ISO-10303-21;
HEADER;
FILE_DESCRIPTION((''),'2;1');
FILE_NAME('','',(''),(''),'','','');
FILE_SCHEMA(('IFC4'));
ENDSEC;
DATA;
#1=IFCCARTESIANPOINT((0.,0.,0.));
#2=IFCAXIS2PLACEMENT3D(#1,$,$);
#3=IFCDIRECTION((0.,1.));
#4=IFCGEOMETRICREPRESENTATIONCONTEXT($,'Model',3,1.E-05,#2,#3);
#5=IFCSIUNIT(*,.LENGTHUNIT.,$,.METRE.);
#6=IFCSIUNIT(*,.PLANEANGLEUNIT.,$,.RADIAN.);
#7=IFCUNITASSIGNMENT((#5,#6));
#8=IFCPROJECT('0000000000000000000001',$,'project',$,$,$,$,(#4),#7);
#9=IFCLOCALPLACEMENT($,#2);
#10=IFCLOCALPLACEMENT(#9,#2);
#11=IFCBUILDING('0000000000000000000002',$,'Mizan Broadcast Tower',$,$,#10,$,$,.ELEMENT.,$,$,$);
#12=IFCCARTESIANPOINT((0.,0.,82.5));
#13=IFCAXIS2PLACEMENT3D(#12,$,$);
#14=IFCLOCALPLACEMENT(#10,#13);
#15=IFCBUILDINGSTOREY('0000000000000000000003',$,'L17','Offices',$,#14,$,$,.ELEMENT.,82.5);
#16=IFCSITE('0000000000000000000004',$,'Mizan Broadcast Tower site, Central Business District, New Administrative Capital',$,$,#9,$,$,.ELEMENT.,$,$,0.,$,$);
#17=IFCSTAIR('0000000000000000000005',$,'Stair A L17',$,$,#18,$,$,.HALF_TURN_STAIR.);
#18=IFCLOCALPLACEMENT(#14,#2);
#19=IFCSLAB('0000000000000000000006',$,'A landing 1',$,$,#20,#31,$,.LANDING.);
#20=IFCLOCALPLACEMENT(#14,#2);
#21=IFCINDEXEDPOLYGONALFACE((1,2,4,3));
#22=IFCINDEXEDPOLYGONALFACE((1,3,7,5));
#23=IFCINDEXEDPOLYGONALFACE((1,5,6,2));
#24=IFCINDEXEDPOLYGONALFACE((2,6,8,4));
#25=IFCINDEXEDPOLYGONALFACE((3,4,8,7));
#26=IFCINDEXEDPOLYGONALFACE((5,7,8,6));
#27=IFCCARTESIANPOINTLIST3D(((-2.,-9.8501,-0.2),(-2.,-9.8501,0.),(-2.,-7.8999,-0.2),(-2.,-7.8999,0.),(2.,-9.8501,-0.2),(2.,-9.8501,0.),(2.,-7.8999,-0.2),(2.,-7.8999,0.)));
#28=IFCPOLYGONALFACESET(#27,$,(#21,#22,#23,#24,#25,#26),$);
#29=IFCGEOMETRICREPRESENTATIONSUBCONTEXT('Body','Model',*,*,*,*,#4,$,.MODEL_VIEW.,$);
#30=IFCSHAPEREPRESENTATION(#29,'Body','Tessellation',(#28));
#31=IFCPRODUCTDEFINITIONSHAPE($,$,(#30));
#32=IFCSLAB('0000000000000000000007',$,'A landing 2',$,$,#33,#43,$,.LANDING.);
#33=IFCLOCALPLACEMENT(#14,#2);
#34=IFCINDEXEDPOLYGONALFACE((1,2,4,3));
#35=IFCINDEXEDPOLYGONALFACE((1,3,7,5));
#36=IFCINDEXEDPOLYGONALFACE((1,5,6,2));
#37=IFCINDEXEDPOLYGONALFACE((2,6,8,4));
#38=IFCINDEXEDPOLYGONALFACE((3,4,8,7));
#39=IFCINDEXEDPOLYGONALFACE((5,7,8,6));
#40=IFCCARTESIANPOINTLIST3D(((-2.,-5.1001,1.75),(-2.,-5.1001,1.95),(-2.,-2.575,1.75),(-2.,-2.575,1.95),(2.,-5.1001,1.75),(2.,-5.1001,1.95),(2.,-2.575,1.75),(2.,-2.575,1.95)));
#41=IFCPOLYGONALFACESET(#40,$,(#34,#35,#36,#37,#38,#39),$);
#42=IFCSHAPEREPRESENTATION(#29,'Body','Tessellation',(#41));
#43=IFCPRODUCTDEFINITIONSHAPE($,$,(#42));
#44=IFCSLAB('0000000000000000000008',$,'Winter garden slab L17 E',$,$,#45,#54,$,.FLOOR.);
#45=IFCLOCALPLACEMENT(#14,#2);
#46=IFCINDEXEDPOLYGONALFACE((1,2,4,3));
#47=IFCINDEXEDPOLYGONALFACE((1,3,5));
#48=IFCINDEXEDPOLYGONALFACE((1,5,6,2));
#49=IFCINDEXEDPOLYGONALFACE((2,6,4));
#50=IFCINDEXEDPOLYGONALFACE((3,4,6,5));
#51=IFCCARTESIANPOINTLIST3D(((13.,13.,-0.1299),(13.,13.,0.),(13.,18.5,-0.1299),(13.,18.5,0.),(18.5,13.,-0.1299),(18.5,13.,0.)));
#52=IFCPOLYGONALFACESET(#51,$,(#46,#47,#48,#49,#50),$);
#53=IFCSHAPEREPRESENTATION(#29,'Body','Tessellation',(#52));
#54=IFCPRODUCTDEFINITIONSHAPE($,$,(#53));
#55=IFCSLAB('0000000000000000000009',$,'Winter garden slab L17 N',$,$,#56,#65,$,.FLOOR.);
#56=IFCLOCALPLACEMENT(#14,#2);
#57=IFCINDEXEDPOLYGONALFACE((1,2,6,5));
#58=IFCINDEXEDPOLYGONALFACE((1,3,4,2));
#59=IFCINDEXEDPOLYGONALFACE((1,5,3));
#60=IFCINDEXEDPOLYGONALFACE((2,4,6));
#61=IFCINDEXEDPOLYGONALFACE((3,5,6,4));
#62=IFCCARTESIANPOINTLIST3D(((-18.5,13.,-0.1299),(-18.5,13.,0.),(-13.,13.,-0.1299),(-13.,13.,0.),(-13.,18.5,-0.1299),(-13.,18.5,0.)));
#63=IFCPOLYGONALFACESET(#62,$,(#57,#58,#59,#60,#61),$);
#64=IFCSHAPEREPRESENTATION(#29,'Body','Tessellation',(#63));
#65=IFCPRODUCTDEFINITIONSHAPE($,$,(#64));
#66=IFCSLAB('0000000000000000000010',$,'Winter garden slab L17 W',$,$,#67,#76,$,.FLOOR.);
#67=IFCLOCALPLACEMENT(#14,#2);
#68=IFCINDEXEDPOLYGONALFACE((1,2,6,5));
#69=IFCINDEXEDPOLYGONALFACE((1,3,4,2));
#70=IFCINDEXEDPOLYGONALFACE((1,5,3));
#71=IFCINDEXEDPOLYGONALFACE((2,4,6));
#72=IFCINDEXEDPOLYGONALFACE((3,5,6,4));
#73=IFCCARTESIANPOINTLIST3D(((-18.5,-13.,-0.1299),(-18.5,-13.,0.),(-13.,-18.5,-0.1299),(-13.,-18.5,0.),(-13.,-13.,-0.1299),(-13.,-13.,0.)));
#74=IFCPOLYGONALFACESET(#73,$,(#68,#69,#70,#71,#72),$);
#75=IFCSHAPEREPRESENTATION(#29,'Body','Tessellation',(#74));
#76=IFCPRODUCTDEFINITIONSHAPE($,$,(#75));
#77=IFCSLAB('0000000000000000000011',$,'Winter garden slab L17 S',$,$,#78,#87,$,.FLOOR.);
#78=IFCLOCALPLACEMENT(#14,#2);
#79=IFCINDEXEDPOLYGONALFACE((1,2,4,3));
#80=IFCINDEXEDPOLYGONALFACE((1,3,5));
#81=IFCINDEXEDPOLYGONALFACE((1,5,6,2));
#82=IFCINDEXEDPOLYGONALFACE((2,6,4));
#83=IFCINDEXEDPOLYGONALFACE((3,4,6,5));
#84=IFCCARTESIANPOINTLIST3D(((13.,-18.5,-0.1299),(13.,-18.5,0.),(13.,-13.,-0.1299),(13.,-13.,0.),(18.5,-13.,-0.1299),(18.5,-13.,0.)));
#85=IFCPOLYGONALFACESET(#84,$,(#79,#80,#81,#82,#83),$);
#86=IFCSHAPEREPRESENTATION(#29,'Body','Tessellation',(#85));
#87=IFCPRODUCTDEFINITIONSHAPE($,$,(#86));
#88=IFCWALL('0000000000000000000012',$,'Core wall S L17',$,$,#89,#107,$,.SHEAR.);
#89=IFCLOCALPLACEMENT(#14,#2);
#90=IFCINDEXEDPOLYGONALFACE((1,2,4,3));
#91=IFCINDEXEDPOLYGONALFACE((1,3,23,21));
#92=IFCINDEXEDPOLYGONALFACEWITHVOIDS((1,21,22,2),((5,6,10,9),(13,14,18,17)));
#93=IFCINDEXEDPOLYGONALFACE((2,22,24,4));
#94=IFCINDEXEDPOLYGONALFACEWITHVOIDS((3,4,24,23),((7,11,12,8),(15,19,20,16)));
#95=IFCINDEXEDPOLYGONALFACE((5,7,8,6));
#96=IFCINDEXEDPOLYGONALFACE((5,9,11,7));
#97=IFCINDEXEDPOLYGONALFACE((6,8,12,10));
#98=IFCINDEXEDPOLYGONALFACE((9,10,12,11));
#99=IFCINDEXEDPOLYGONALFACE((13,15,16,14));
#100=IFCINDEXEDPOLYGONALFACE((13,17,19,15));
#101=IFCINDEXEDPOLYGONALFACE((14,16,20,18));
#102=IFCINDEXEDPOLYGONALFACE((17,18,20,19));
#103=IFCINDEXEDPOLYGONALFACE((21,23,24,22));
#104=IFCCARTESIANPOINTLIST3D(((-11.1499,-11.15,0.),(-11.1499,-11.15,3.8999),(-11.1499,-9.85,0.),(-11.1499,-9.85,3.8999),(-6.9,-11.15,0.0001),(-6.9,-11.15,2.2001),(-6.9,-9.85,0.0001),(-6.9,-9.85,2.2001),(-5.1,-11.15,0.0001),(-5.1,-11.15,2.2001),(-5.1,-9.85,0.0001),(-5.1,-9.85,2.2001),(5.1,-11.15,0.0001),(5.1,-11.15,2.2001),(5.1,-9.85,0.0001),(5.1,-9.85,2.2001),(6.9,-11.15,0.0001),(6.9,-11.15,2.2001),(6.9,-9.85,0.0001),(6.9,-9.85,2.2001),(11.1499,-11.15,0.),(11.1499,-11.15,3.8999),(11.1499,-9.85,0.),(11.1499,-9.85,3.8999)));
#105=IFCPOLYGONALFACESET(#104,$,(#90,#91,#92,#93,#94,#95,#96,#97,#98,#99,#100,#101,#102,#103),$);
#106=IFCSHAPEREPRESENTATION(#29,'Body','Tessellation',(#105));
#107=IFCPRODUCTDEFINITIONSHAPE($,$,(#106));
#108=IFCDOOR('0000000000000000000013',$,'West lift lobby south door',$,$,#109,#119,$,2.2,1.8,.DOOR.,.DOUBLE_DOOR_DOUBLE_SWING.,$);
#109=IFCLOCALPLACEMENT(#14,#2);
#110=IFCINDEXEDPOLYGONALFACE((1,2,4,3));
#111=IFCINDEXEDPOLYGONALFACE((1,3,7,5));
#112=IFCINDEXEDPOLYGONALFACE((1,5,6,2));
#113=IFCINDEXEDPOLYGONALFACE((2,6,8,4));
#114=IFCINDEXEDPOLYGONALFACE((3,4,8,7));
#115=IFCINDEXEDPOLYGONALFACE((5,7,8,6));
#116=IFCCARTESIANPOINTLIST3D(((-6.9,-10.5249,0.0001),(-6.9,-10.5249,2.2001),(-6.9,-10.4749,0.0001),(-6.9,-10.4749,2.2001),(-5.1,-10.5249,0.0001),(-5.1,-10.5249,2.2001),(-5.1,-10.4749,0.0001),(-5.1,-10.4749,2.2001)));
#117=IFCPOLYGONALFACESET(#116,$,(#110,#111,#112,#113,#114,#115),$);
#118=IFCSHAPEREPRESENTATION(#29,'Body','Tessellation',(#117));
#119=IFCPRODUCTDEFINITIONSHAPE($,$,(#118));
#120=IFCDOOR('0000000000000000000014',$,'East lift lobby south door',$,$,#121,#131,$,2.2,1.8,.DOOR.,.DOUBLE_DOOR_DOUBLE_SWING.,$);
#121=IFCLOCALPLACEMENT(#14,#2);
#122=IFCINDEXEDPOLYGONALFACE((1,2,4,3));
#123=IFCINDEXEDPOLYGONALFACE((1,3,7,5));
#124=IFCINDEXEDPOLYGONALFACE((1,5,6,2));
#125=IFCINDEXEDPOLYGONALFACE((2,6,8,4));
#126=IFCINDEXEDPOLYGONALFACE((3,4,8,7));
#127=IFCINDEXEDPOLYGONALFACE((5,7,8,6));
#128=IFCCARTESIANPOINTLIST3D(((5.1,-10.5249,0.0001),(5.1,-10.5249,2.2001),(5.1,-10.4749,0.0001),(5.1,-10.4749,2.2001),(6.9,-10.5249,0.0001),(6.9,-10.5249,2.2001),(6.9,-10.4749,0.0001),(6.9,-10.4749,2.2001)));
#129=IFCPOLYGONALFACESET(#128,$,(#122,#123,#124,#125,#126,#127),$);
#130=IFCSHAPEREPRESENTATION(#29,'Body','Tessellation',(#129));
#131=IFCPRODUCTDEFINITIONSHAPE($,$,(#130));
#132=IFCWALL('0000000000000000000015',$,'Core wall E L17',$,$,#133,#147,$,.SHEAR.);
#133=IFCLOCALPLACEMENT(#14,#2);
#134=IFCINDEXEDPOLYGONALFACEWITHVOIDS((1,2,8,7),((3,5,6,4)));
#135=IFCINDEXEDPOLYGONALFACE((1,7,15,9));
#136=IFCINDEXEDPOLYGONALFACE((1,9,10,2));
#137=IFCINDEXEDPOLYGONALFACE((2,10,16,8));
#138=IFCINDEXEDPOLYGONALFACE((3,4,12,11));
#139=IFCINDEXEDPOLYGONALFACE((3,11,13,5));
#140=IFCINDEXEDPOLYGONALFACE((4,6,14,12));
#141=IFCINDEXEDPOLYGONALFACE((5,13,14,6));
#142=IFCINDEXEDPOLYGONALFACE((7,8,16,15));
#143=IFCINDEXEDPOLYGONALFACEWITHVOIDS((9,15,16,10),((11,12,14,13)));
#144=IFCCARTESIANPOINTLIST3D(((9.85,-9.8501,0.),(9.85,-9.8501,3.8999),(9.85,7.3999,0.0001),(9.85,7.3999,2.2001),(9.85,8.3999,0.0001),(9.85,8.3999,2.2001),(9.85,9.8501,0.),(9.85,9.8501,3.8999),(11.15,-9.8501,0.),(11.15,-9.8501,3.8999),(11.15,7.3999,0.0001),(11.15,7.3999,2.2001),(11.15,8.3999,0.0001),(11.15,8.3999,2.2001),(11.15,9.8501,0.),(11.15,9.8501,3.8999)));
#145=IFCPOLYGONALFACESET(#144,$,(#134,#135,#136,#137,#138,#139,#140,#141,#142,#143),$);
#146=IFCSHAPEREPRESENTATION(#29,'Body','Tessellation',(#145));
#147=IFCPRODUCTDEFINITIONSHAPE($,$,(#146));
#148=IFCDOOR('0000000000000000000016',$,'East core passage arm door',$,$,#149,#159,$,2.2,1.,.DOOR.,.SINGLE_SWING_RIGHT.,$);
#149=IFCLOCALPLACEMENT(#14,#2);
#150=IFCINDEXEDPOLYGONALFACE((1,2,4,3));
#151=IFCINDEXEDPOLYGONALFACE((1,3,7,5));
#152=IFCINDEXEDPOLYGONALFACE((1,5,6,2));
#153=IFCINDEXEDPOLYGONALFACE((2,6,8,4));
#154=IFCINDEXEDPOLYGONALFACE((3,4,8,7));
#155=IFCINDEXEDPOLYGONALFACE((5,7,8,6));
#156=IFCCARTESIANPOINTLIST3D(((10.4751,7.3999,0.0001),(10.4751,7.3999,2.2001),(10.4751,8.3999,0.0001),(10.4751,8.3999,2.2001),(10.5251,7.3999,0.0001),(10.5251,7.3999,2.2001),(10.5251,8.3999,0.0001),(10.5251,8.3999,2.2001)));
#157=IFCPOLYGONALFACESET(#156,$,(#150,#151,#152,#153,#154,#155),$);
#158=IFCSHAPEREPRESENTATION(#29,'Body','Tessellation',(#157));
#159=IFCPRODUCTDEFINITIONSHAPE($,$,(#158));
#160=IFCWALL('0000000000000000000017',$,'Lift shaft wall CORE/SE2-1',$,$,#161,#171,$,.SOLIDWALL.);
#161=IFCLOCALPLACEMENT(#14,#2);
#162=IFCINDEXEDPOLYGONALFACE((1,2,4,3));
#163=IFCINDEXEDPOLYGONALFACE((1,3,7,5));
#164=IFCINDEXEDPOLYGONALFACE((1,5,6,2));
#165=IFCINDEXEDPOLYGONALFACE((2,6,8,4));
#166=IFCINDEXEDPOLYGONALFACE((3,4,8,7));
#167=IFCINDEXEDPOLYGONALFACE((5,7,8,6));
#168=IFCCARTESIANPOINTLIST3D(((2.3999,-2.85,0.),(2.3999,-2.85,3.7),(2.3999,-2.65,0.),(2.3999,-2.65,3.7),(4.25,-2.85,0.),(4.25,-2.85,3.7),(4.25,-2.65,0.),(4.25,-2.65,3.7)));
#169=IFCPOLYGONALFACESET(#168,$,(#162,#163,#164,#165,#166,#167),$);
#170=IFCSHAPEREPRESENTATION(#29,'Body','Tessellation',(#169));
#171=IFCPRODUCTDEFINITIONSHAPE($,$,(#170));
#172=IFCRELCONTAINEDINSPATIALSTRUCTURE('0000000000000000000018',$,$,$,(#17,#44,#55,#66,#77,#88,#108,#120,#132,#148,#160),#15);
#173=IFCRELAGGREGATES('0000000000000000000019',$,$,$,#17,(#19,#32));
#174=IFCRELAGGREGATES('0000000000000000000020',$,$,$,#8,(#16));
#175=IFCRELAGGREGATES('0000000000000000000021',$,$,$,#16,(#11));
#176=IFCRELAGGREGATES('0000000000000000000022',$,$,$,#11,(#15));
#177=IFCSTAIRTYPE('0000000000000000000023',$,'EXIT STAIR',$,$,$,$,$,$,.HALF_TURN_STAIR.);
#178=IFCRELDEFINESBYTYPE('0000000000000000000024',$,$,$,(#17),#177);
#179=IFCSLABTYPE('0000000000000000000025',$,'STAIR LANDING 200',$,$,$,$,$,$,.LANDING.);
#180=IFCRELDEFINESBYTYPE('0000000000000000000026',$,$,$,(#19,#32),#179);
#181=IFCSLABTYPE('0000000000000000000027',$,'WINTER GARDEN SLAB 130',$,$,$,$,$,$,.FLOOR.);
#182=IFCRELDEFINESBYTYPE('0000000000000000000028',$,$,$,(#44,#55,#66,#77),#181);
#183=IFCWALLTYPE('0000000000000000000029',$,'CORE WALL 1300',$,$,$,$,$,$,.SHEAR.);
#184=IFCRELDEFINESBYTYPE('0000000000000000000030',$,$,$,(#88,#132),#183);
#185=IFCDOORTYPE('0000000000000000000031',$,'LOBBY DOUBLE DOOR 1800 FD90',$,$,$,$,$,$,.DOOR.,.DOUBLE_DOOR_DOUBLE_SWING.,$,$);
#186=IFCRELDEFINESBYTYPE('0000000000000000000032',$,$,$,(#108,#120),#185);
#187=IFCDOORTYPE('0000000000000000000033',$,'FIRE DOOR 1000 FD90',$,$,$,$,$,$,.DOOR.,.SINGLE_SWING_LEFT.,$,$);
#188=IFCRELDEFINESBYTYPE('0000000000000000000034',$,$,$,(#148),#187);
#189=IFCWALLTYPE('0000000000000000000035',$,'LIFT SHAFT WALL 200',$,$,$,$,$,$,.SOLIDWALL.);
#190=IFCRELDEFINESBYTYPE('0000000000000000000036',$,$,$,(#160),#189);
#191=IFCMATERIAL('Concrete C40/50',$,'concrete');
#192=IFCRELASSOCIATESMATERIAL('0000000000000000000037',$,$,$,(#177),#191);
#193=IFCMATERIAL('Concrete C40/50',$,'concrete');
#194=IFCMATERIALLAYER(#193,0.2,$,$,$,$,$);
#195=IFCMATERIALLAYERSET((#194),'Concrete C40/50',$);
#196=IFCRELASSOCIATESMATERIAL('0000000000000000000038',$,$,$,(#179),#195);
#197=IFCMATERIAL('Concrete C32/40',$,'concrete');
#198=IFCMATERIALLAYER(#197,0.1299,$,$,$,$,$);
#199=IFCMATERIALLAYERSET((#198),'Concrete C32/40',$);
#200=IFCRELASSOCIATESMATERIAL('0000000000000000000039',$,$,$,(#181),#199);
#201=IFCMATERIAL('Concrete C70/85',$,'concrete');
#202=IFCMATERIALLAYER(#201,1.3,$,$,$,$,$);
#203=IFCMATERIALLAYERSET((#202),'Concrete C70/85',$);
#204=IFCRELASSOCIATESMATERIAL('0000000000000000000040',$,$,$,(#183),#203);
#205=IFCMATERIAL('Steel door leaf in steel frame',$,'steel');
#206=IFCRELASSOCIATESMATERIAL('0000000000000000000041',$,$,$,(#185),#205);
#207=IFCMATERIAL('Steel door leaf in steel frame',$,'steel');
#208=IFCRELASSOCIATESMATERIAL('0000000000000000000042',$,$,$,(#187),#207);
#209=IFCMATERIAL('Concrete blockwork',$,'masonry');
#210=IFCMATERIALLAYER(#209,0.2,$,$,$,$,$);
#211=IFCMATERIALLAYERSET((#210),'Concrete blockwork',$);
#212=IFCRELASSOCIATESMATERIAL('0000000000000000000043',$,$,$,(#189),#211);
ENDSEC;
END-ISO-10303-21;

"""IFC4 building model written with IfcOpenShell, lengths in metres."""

from ifc_helpers import new_model, si_unit, direction, frame, frame_2d, origin, place, context, subcontext, project, spatial, polyline, rectangle, outline, extrude, material, layer, layer_set, type_object, element, fill, aggregate, save


model = new_model("IFC4")

# Units and contexts
model_context = context("Model", 3, precision=1e-05, world=origin(), true_north=direction((0.0, 1.0)))
body_context = subcontext(model_context, "Body", "Model", "MODEL_VIEW")
ifc_project = project(units=[si_unit("LENGTHUNIT", "METRE"), si_unit("PLANEANGLEUNIT", "RADIAN")], contexts=[model_context])

# Site, building, storey
site_placement = place(None, origin())
site = spatial("IfcSite", under=ifc_project, at=site_placement, Name="Mizan Broadcast Tower site, Central Business District, New Administrative Capital", CompositionType="ELEMENT", RefElevation=0.0)
building_placement = place(site_placement, origin())
building = spatial("IfcBuilding", under=site, at=building_placement, Name="Mizan Broadcast Tower", CompositionType="ELEMENT")
storey_placement = place(building_placement, frame((0.0, 0.0, 82.5)))
storey = spatial("IfcBuildingStorey", under=building, at=storey_placement, Name="L17", Description="Offices", CompositionType="ELEMENT", Elevation=82.5)

# Stair, slabs
ifc_material_1 = material(Name="Concrete C40/50", Category="concrete")
stair_type = type_object("IfcStairType", Name="EXIT STAIR", PredefinedType="HALF_TURN_STAIR", material=ifc_material_1)
stair_placement = place(storey_placement, origin())
stair = element("IfcStair", 1, at=stair_placement, inside=storey, type_object=stair_type, Name="Stair A L17", PredefinedType="HALF_TURN_STAIR")
ifc_material_2 = material(Name="Concrete C40/50", Category="concrete")
ifc_layer_1 = layer(ifc_material_2, 0.2)
ifc_layer_set_1 = layer_set([ifc_layer_1], Name="Concrete C40/50")
slab_type_1 = type_object("IfcSlabType", Name="STAIR LANDING 200", PredefinedType="LANDING", material=ifc_layer_set_1)
slab_1_placement = place(storey_placement, frame((0.0, 0.0, -0.2)))
slab_1 = element("IfcSlab", 2, at=slab_1_placement, type_object=slab_type_1, Name="A landing 1", PredefinedType="LANDING", context=body_context, shape_type="SweptSolid", body=[
    extrude(outline(polyline([(-2.0, -9.8501), (-2.0, -7.8999), (2.0, -7.8999), (2.0, -9.8501), (-2.0, -9.8501)])), origin(), (0.0, 0.0, 1.0), 0.2),
])
slab_2_placement = place(storey_placement, frame((0.0, 0.0, 1.75)))
slab_2 = element("IfcSlab", 3, at=slab_2_placement, type_object=slab_type_1, Name="A landing 2", PredefinedType="LANDING", context=body_context, shape_type="SweptSolid", body=[
    extrude(outline(polyline([(-2.0, -5.1001), (-2.0, -2.575), (2.0, -2.575), (2.0, -5.1001), (-2.0, -5.1001)])), origin(), (0.0, 0.0, 1.0), 0.2),
])

# Slabs
ifc_material_3 = material(Name="Concrete C32/40", Category="concrete")
ifc_layer_2 = layer(ifc_material_3, 0.1299)
ifc_layer_set_2 = layer_set([ifc_layer_2], Name="Concrete C32/40")
slab_type_2 = type_object("IfcSlabType", Name="WINTER GARDEN SLAB 130", PredefinedType="FLOOR", material=ifc_layer_set_2)
slab_3_placement = place(storey_placement, frame((0.0, 0.0, -0.1299)))
element("IfcSlab", 4, at=slab_3_placement, inside=storey, type_object=slab_type_2, Name="Winter garden slab L17 E", PredefinedType="FLOOR", context=body_context, shape_type="SweptSolid", body=[
    extrude(outline(polyline([(13.0, 13.0), (18.5, 13.0), (13.0, 18.5), (13.0, 13.0)])), origin(), (0.0, 0.0, 1.0), 0.1299),
])
slab_4_placement = place(storey_placement, frame((0.0, 0.0, -0.1299)))
element("IfcSlab", 5, at=slab_4_placement, inside=storey, type_object=slab_type_2, Name="Winter garden slab L17 N", PredefinedType="FLOOR", context=body_context, shape_type="SweptSolid", body=[
    extrude(outline(polyline([(-13.0, 13.0), (-13.0, 18.5), (-18.5, 13.0), (-13.0, 13.0)])), origin(), (0.0, 0.0, 1.0), 0.1299),
])
slab_5_placement = place(storey_placement, frame((0.0, 0.0, -0.1299)))
element("IfcSlab", 6, at=slab_5_placement, inside=storey, type_object=slab_type_2, Name="Winter garden slab L17 W", PredefinedType="FLOOR", context=body_context, shape_type="SweptSolid", body=[
    extrude(outline(polyline([(-13.0, -13.0), (-18.5, -13.0), (-13.0, -18.5), (-13.0, -13.0)])), origin(), (0.0, 0.0, 1.0), 0.1299),
])
slab_6_placement = place(storey_placement, frame((0.0, 0.0, -0.1299)))
element("IfcSlab", 7, at=slab_6_placement, inside=storey, type_object=slab_type_2, Name="Winter garden slab L17 S", PredefinedType="FLOOR", context=body_context, shape_type="SweptSolid", body=[
    extrude(outline(polyline([(13.0, -13.0), (13.0, -18.5), (18.5, -13.0), (13.0, -13.0)])), origin(), (0.0, 0.0, 1.0), 0.1299),
])

# Wall, openings, doors
ifc_material_4 = material(Name="Concrete C70/85", Category="concrete")
ifc_layer_3 = layer(ifc_material_4, 1.3)
ifc_layer_set_3 = layer_set([ifc_layer_3], Name="Concrete C70/85")
wall_type_1 = type_object("IfcWallType", Name="CORE WALL 1300", PredefinedType="SHEAR", material=ifc_layer_set_3)
wall_1_placement = place(storey_placement, frame((11.1499, -10.5, 0.0), z_axis=(0.0, 0.0, 1.0), x_axis=(-1.0, 0.0, 0.0)))
wall_1 = element("IfcWall", 8, at=wall_1_placement, inside=storey, type_object=wall_type_1, Name="Core wall S L17", PredefinedType="SHEAR", context=body_context, shape_type="SweptSolid", body=[
    extrude(rectangle(XDim=22.2998, YDim=1.3, at=frame_2d((11.1499, 0.0))), origin(), (0.0, 0.0, 1.0), 3.8999),
])
opening_1_placement = place(wall_1_placement, frame((16.25, 0.0, 0.0)))
opening_1 = element("IfcOpeningElement", 9, at=opening_1_placement, cuts=wall_1, PredefinedType="OPENING", context=body_context, shape_type="SweptSolid", body=[
    extrude(rectangle(XDim=1.8, YDim=2.2, at=frame_2d((0.8999, 1.1001))), frame((0.0, 0.6599, 0.0), z_axis=(0.0, -1.0, 0.0), x_axis=(1.0, 0.0, 0.0)), (0.0, 0.0, 1.0), 1.3201),
])
opening_2_placement = place(wall_1_placement, frame((4.25, 0.0, 0.0)))
opening_2 = element("IfcOpeningElement", 10, at=opening_2_placement, cuts=wall_1, PredefinedType="OPENING", context=body_context, shape_type="SweptSolid", body=[
    extrude(rectangle(XDim=1.8, YDim=2.2, at=frame_2d((0.8999, 1.1001))), frame((0.0, 0.6599, 0.0), z_axis=(0.0, -1.0, 0.0), x_axis=(1.0, 0.0, 0.0)), (0.0, 0.0, 1.0), 1.3201),
])
ifc_material_5 = material(Name="Steel door leaf in steel frame", Category="steel")
door_type_1 = type_object("IfcDoorType", Name="LOBBY DOUBLE DOOR 1800 FD90", OperationType="DOUBLE_DOOR_DOUBLE_SWING", PredefinedType="DOOR", material=ifc_material_5)
door_1_placement = place(opening_1_placement, origin())
door_1 = element("IfcDoor", 11, at=door_1_placement, inside=storey, type_object=door_type_1, Name="West lift lobby south door", OperationType="DOUBLE_DOOR_DOUBLE_SWING", OverallHeight=2.2, OverallWidth=1.8, PredefinedType="DOOR", context=body_context, shape_type="SweptSolid", body=[
    extrude(rectangle(XDim=1.8, YDim=2.2, at=frame_2d((0.8999, 1.1001))), frame((0.0, 0.0249, 0.0), z_axis=(0.0, -1.0, 0.0), x_axis=(1.0, 0.0, 0.0)), (0.0, 0.0, 1.0), 0.05),
])
fill(opening_1, door_1)
door_2_placement = place(opening_2_placement, origin())
door_2 = element("IfcDoor", 12, at=door_2_placement, inside=storey, type_object=door_type_1, Name="East lift lobby south door", OperationType="DOUBLE_DOOR_DOUBLE_SWING", OverallHeight=2.2, OverallWidth=1.8, PredefinedType="DOOR", context=body_context, shape_type="SweptSolid", body=[
    extrude(rectangle(XDim=1.8, YDim=2.2, at=frame_2d((0.8999, 1.1001))), frame((0.0, 0.0249, 0.0), z_axis=(0.0, -1.0, 0.0), x_axis=(1.0, 0.0, 0.0)), (0.0, 0.0, 1.0), 0.05),
])
fill(opening_2, door_2)

# Wall, opening, door
wall_2_placement = place(storey_placement, frame((10.5, -9.8501, 0.0), z_axis=(0.0, 0.0, 1.0), x_axis=(0.0, 1.0, 0.0)))
wall_2 = element("IfcWall", 13, at=wall_2_placement, inside=storey, type_object=wall_type_1, Name="Core wall E L17", PredefinedType="SHEAR", context=body_context, shape_type="SweptSolid", body=[
    extrude(rectangle(XDim=19.7002, YDim=1.3, at=frame_2d((9.8501, 0.0))), origin(), (0.0, 0.0, 1.0), 3.8999),
])
opening_3_placement = place(wall_2_placement, frame((17.25, 0.0, 0.0)))
opening_3 = element("IfcOpeningElement", 14, at=opening_3_placement, cuts=wall_2, PredefinedType="OPENING", context=body_context, shape_type="SweptSolid", body=[
    extrude(rectangle(XDim=1.0, YDim=2.2, at=frame_2d((0.5, 1.1001))), frame((0.0, 0.6599, 0.0), z_axis=(0.0, -1.0, 0.0), x_axis=(1.0, 0.0, 0.0)), (0.0, 0.0, 1.0), 1.3201),
])
ifc_material_6 = material(Name="Steel door leaf in steel frame", Category="steel")
door_type_2 = type_object("IfcDoorType", Name="FIRE DOOR 1000 FD90", OperationType="SINGLE_SWING_LEFT", PredefinedType="DOOR", material=ifc_material_6)
door_3_placement = place(opening_3_placement, origin())
door_3 = element("IfcDoor", 15, at=door_3_placement, inside=storey, type_object=door_type_2, Name="East core passage arm door", OperationType="SINGLE_SWING_RIGHT", OverallHeight=2.2, OverallWidth=1.0, PredefinedType="DOOR", context=body_context, shape_type="SweptSolid", body=[
    extrude(rectangle(XDim=1.0, YDim=2.2, at=frame_2d((0.5, 1.1001))), frame((0.0, 0.0249, 0.0), z_axis=(0.0, -1.0, 0.0), x_axis=(1.0, 0.0, 0.0)), (0.0, 0.0, 1.0), 0.05),
])
fill(opening_3, door_3)

# Wall
ifc_material_7 = material(Name="Concrete blockwork", Category="masonry")
ifc_layer_4 = layer(ifc_material_7, 0.2)
ifc_layer_set_4 = layer_set([ifc_layer_4], Name="Concrete blockwork")
wall_type_2 = type_object("IfcWallType", Name="LIFT SHAFT WALL 200", PredefinedType="SOLIDWALL", material=ifc_layer_set_4)
wall_3_placement = place(storey_placement, frame((2.3999, -2.75, 0.0), z_axis=(0.0, 0.0, 1.0), x_axis=(1.0, 0.0, 0.0)))
element("IfcWall", 16, at=wall_3_placement, inside=storey, type_object=wall_type_2, Name="Lift shaft wall CORE/SE2-1", PredefinedType="SOLIDWALL", context=body_context, shape_type="SweptSolid", body=[
    extrude(rectangle(XDim=1.8501, YDim=0.2, at=frame_2d((0.925, 0.0))), origin(), (0.0, 0.0, 1.0), 3.7),
])

aggregate(stair, [slab_1, slab_2])

save(model, "model.ifc")
